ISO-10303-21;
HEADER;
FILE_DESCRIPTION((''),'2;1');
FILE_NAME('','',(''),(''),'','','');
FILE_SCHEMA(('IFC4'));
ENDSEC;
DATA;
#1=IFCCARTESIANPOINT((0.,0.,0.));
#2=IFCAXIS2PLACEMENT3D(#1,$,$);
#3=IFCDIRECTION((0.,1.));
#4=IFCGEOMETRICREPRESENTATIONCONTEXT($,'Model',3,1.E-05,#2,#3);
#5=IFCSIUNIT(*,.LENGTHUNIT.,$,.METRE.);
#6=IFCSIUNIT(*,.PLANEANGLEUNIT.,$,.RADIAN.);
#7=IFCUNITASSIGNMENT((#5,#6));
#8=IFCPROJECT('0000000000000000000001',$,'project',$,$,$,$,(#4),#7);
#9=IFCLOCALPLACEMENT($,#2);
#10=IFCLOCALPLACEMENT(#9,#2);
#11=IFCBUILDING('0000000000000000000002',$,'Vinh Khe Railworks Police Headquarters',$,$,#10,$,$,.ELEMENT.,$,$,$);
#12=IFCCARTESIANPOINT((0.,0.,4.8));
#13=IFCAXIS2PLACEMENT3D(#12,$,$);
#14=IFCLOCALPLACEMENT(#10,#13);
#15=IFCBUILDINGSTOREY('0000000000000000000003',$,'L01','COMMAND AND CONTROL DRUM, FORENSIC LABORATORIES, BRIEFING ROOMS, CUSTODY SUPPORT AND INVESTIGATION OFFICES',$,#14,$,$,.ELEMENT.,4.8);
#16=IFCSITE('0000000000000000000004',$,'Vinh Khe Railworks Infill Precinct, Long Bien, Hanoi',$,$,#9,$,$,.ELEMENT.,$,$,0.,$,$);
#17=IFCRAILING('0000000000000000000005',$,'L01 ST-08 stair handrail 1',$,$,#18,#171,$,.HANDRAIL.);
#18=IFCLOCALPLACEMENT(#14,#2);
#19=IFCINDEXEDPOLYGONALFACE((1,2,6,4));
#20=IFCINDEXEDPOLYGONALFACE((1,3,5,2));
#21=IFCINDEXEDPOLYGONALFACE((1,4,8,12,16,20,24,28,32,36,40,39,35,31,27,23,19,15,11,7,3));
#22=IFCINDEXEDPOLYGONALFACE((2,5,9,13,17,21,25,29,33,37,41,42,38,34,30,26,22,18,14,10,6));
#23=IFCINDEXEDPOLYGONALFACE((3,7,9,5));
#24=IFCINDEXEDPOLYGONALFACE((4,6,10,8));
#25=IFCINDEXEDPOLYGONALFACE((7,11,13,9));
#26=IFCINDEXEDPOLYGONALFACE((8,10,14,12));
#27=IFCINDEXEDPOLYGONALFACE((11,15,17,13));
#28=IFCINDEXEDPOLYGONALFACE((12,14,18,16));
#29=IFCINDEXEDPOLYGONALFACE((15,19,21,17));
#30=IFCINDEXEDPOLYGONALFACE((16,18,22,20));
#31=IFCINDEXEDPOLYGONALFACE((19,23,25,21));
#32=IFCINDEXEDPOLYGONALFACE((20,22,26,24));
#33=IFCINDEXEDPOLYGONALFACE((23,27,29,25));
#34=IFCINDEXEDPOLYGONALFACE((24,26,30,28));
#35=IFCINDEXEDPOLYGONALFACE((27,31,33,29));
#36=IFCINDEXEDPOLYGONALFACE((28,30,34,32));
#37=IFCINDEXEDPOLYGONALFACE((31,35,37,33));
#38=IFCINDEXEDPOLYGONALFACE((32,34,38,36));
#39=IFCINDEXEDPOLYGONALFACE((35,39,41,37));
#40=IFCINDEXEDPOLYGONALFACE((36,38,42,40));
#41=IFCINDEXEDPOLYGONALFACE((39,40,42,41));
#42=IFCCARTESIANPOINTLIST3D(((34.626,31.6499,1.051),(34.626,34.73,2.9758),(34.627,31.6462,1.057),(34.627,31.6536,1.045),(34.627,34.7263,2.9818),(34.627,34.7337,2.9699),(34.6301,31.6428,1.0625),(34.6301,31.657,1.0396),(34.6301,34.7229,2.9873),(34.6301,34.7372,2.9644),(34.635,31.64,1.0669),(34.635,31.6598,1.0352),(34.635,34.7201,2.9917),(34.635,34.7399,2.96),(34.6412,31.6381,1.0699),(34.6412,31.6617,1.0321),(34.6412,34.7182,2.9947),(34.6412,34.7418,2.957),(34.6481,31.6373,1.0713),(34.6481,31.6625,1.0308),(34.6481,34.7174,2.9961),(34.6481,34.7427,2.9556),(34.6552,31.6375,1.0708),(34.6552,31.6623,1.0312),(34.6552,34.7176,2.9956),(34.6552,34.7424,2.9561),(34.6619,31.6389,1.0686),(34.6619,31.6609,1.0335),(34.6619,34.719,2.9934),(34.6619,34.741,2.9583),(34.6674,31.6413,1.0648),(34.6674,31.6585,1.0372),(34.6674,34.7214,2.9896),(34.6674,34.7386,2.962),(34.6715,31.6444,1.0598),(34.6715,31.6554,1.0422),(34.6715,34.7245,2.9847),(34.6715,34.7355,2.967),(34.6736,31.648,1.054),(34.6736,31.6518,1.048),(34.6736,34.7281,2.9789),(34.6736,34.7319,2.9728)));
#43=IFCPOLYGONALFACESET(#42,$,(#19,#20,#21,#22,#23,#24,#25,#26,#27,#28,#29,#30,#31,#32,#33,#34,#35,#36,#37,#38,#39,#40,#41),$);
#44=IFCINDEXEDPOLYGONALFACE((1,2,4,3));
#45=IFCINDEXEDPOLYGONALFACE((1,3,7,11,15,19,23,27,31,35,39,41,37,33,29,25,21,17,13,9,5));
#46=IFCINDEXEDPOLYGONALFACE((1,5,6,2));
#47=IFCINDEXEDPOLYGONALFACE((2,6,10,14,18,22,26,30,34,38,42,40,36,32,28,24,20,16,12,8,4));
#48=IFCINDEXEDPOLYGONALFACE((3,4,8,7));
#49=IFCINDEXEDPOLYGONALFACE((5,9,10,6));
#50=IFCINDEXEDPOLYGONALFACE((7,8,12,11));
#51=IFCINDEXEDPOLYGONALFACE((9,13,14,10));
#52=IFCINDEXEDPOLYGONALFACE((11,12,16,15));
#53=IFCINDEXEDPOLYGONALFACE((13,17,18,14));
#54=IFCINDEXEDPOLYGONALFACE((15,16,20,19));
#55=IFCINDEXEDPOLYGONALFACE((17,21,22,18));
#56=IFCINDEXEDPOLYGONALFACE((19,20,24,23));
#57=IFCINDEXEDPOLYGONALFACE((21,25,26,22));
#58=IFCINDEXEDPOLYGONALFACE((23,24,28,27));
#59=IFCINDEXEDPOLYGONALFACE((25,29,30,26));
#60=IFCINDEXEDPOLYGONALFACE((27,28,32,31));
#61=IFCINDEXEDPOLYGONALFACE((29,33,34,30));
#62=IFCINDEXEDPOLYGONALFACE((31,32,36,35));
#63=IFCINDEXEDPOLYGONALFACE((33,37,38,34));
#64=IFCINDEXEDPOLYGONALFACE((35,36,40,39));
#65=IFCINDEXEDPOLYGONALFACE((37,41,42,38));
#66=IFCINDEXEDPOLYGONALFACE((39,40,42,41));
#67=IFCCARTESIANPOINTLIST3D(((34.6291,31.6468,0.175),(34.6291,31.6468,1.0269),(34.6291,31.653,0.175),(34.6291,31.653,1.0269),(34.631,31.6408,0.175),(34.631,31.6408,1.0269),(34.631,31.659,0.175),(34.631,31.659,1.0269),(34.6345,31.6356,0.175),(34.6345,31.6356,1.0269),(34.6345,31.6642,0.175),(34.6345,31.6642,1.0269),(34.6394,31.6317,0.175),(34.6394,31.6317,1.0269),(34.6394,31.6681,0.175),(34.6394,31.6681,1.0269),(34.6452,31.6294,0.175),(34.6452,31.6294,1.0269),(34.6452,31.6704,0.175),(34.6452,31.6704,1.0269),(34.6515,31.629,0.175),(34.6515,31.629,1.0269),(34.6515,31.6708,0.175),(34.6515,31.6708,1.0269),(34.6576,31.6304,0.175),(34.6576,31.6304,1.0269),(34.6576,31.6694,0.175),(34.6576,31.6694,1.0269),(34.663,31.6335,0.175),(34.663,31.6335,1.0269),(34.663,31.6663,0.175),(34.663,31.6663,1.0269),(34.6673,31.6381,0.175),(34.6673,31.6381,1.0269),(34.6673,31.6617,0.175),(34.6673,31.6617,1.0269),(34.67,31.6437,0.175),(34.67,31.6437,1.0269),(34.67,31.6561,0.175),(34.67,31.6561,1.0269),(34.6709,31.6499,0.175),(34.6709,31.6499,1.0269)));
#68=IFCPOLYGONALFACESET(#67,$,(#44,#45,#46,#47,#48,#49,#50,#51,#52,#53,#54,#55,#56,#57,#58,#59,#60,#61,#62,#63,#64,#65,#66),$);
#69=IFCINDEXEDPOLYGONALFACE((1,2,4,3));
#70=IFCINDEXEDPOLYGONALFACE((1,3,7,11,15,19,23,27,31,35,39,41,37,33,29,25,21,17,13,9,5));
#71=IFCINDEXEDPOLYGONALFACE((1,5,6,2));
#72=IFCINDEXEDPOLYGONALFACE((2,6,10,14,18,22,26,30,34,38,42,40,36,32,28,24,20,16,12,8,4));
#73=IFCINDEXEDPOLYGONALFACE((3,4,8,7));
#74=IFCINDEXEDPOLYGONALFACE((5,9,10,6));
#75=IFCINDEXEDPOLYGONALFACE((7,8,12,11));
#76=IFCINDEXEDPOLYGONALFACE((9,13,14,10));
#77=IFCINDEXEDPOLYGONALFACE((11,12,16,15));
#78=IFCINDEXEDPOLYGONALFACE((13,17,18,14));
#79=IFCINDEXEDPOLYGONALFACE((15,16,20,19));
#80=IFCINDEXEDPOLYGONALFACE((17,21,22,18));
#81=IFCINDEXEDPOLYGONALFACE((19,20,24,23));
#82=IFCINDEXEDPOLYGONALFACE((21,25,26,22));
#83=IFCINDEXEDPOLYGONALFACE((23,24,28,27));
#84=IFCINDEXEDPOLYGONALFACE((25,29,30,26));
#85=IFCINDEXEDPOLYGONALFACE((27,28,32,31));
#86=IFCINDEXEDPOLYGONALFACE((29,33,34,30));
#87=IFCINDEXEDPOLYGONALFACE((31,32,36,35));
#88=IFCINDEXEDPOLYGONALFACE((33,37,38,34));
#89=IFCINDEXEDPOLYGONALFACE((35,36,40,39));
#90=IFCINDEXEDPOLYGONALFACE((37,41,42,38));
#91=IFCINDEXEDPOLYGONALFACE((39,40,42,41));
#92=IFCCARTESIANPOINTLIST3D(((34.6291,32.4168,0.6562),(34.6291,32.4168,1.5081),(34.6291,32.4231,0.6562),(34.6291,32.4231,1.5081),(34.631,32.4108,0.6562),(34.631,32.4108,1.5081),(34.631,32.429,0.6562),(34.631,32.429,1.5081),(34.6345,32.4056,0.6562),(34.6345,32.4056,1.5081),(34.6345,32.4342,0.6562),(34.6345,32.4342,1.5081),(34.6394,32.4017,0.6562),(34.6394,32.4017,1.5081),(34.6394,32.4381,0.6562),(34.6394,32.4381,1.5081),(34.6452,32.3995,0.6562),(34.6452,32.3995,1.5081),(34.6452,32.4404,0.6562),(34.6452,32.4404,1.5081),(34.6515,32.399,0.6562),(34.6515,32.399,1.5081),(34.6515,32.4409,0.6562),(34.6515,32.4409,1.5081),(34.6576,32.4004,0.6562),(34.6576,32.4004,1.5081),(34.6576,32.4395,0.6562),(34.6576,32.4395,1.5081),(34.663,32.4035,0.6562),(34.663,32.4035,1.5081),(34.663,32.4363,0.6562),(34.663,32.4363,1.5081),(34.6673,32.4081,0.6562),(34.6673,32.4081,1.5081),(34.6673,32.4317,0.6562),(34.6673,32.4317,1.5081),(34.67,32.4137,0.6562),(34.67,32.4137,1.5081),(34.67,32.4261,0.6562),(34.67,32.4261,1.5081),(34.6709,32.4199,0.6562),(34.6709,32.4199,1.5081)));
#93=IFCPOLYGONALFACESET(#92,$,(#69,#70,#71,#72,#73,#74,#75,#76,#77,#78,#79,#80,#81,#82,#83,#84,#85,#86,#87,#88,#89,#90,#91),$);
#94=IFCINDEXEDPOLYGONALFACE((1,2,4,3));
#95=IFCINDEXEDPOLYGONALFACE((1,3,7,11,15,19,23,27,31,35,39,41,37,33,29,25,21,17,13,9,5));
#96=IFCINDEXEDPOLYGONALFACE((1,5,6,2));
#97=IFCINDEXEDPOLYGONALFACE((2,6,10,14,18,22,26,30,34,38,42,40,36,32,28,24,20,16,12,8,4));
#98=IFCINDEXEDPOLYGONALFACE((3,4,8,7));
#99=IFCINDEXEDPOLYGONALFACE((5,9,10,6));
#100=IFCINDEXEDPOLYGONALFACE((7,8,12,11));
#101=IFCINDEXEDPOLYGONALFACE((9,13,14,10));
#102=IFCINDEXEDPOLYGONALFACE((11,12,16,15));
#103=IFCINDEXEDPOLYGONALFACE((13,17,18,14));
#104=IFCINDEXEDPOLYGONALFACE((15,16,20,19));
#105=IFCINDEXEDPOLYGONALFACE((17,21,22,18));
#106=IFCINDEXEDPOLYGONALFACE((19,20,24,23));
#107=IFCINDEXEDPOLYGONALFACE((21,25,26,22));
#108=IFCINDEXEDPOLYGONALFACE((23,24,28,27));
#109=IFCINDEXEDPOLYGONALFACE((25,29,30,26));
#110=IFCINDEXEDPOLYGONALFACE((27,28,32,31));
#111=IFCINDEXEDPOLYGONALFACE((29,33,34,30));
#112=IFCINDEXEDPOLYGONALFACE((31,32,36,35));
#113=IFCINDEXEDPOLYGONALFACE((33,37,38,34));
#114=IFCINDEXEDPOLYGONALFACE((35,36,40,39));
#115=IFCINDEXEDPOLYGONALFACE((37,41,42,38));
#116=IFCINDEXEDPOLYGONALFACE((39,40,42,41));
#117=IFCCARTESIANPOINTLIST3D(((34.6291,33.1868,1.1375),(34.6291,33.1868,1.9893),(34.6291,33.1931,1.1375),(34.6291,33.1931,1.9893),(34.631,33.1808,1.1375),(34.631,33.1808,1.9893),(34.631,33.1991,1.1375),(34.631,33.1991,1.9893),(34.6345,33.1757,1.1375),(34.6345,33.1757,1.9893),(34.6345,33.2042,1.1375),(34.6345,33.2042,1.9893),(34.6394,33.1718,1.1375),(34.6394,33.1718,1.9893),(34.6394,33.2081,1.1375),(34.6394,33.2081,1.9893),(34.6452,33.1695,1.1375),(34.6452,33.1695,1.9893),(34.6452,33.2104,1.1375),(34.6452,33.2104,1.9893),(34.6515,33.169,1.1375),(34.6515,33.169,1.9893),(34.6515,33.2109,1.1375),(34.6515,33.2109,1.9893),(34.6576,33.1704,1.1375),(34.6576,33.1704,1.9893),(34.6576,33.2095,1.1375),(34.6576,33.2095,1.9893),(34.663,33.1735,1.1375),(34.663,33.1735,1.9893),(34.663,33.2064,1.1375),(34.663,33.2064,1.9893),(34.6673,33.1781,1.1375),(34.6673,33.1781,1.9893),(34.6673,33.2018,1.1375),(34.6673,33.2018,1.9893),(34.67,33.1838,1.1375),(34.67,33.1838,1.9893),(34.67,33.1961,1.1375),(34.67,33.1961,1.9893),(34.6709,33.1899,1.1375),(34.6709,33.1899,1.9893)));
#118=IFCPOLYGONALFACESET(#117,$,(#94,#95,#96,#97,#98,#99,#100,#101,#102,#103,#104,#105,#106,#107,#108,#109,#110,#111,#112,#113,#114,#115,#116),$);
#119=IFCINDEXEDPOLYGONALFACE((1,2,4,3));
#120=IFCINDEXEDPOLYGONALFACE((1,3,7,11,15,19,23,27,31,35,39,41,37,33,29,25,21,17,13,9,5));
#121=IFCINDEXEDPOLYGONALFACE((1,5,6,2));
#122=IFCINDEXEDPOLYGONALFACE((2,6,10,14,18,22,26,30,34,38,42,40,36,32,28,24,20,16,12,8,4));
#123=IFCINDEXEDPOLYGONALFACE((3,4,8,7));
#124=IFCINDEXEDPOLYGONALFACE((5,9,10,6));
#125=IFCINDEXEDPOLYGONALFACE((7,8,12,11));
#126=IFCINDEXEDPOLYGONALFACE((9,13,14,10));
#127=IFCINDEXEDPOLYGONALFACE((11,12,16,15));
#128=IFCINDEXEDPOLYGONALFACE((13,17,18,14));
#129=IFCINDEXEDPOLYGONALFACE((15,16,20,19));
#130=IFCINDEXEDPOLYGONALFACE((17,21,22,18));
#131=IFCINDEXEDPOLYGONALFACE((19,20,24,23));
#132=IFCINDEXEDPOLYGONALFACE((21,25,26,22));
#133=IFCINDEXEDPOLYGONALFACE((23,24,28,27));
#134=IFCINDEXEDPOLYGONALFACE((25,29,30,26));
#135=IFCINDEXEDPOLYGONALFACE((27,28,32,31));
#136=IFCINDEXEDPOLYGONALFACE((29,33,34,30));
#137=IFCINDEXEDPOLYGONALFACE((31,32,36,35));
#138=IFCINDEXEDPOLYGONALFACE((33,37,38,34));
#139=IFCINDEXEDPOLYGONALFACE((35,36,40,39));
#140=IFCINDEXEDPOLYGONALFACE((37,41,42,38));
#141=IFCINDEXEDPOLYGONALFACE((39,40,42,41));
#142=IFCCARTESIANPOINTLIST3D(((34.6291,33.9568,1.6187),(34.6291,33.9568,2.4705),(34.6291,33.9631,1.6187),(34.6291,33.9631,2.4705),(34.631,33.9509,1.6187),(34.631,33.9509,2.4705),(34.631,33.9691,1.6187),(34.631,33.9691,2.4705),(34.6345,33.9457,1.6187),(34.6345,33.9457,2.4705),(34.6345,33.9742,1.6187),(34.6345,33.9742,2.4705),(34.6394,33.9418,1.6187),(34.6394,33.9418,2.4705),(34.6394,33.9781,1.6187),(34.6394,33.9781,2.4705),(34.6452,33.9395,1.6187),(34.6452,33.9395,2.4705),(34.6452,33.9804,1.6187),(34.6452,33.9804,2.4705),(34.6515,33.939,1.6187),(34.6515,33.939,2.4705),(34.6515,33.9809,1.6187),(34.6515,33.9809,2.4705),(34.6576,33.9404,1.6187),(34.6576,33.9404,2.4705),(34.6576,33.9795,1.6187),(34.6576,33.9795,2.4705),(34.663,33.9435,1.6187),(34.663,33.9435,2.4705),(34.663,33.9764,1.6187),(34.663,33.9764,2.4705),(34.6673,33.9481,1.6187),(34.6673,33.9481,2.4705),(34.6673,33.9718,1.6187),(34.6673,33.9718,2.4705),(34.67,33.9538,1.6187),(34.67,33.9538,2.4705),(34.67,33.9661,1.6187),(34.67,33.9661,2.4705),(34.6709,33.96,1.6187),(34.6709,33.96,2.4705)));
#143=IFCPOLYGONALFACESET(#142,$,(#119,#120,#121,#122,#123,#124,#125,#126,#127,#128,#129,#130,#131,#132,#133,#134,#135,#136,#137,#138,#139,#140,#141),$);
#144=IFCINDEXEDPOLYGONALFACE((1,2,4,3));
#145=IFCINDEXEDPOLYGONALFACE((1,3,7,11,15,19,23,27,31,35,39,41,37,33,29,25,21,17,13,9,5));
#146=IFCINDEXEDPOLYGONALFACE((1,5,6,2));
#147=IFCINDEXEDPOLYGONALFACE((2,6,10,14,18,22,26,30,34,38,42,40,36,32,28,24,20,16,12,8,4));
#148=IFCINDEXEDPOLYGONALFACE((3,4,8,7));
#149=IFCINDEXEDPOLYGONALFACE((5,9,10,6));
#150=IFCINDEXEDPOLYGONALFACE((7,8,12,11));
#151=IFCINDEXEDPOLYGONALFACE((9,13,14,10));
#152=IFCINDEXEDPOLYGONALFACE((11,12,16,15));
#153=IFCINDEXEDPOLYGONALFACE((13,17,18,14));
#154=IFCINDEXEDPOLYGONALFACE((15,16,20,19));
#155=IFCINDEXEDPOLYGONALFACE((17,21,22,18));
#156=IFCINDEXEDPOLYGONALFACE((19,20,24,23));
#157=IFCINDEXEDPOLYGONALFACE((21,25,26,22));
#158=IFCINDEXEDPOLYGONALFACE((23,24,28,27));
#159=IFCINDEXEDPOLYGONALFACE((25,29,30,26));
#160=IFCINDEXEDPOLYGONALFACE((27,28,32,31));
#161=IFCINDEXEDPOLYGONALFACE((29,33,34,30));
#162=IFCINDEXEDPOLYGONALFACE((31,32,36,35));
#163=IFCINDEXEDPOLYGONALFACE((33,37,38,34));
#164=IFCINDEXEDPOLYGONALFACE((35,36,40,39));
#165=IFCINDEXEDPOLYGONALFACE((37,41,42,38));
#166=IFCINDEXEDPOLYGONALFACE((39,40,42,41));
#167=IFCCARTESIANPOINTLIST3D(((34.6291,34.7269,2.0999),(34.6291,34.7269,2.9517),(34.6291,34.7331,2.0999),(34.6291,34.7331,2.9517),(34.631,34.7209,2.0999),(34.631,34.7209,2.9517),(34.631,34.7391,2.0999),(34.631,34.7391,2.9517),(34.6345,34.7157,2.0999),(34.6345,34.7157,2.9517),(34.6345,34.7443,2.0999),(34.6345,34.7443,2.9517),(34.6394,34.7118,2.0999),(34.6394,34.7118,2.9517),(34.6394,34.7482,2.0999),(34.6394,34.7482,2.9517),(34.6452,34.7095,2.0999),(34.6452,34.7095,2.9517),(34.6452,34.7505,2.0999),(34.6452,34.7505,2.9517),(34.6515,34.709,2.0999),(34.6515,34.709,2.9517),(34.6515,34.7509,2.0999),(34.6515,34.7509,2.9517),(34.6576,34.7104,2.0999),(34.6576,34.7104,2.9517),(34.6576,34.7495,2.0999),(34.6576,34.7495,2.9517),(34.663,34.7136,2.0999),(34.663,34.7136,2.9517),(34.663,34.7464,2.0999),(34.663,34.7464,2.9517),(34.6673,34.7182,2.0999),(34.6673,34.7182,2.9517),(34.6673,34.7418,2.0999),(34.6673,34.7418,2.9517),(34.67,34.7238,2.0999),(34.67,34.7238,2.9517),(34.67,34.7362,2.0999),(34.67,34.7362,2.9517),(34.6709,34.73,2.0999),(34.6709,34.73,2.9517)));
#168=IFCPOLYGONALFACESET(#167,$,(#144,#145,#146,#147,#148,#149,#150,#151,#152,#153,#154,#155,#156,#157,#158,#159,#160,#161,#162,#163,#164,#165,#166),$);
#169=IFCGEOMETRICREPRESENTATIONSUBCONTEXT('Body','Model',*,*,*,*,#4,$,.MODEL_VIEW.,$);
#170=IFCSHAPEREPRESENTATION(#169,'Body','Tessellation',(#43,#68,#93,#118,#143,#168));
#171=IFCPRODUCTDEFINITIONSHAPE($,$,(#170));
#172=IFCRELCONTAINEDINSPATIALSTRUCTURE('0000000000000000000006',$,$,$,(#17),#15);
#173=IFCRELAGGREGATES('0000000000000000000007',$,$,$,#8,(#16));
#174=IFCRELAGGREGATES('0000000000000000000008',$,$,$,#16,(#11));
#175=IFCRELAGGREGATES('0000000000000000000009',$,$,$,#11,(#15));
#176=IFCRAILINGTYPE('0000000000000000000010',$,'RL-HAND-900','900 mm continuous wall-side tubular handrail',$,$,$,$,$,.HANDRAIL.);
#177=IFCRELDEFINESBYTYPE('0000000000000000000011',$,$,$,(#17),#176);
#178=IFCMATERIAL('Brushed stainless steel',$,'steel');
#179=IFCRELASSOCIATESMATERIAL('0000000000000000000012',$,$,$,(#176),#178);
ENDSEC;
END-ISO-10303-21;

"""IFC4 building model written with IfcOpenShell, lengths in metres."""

from ifc_helpers import new_model, si_unit, direction, frame, origin, origin_2d, place, context, subcontext, project, spatial, circle, extrude, material, type_object, element, save


model = new_model("IFC4")

# Units and contexts
model_context = context("Model", 3, precision=1e-05, world=origin(), true_north=direction((0.0, 1.0)))
body_context = subcontext(model_context, "Body", "Model", "MODEL_VIEW")
ifc_project = project(units=[si_unit("LENGTHUNIT", "METRE"), si_unit("PLANEANGLEUNIT", "RADIAN")], contexts=[model_context])

# Site, building, storey
site_placement = place(None, origin())
site = spatial("IfcSite", under=ifc_project, at=site_placement, Name="Vinh Khe Railworks Infill Precinct, Long Bien, Hanoi", CompositionType="ELEMENT", RefElevation=0.0)
building_placement = place(site_placement, origin())
building = spatial("IfcBuilding", under=site, at=building_placement, Name="Vinh Khe Railworks Police Headquarters", CompositionType="ELEMENT")
storey_placement = place(building_placement, frame((0.0, 0.0, 4.8)))
storey = spatial("IfcBuildingStorey", under=building, at=storey_placement, Name="L01", Description="COMMAND AND CONTROL DRUM, FORENSIC LABORATORIES, BRIEFING ROOMS, CUSTODY SUPPORT AND INVESTIGATION OFFICES", CompositionType="ELEMENT", Elevation=4.8)

# Railing
ifc_material_1 = material(Name="Brushed stainless steel", Category="steel")
railing_type_1 = type_object("IfcRailingType", Name="RL-HAND-900", Description="900 mm continuous wall-side tubular handrail", PredefinedType="HANDRAIL", material=ifc_material_1)
railing_1_placement = place(storey_placement, frame((34.6499, 31.6499, 0.175)))
element("IfcRailing", 1, at=railing_1_placement, inside=storey, type_object=railing_type_1, Name="L01 ST-08 stair handrail 1", PredefinedType="HANDRAIL", context=body_context, shape_type="SweptSolid", body=[
    extrude(circle(Radius=0.0239, at=origin_2d()), frame((0.0, 0.0, 0.876), z_axis=(0.0, 0.848029, 0.529951), x_axis=(-1.0, 0.0, 0.0)), (0.0, 0.0, 1.0), 3.6321),
    extrude(circle(Radius=0.021, at=origin_2d()), origin(), (0.0, 0.0, 1.0), 0.8518),
    extrude(circle(Radius=0.021, at=origin_2d()), frame((0.0, 0.77, 0.4812)), (0.0, 0.0, 1.0), 0.8518),
    extrude(circle(Radius=0.021, at=origin_2d()), frame((0.0, 1.54, 0.9624)), (0.0, 0.0, 1.0), 0.8518),
    extrude(circle(Radius=0.021, at=origin_2d()), frame((0.0, 2.3101, 1.4436)), (0.0, 0.0, 1.0), 0.8518),
    extrude(circle(Radius=0.021, at=origin_2d()), frame((0.0, 3.0801, 1.9248)), (0.0, 0.0, 1.0), 0.8518),
])

save(model, "model.ifc")
